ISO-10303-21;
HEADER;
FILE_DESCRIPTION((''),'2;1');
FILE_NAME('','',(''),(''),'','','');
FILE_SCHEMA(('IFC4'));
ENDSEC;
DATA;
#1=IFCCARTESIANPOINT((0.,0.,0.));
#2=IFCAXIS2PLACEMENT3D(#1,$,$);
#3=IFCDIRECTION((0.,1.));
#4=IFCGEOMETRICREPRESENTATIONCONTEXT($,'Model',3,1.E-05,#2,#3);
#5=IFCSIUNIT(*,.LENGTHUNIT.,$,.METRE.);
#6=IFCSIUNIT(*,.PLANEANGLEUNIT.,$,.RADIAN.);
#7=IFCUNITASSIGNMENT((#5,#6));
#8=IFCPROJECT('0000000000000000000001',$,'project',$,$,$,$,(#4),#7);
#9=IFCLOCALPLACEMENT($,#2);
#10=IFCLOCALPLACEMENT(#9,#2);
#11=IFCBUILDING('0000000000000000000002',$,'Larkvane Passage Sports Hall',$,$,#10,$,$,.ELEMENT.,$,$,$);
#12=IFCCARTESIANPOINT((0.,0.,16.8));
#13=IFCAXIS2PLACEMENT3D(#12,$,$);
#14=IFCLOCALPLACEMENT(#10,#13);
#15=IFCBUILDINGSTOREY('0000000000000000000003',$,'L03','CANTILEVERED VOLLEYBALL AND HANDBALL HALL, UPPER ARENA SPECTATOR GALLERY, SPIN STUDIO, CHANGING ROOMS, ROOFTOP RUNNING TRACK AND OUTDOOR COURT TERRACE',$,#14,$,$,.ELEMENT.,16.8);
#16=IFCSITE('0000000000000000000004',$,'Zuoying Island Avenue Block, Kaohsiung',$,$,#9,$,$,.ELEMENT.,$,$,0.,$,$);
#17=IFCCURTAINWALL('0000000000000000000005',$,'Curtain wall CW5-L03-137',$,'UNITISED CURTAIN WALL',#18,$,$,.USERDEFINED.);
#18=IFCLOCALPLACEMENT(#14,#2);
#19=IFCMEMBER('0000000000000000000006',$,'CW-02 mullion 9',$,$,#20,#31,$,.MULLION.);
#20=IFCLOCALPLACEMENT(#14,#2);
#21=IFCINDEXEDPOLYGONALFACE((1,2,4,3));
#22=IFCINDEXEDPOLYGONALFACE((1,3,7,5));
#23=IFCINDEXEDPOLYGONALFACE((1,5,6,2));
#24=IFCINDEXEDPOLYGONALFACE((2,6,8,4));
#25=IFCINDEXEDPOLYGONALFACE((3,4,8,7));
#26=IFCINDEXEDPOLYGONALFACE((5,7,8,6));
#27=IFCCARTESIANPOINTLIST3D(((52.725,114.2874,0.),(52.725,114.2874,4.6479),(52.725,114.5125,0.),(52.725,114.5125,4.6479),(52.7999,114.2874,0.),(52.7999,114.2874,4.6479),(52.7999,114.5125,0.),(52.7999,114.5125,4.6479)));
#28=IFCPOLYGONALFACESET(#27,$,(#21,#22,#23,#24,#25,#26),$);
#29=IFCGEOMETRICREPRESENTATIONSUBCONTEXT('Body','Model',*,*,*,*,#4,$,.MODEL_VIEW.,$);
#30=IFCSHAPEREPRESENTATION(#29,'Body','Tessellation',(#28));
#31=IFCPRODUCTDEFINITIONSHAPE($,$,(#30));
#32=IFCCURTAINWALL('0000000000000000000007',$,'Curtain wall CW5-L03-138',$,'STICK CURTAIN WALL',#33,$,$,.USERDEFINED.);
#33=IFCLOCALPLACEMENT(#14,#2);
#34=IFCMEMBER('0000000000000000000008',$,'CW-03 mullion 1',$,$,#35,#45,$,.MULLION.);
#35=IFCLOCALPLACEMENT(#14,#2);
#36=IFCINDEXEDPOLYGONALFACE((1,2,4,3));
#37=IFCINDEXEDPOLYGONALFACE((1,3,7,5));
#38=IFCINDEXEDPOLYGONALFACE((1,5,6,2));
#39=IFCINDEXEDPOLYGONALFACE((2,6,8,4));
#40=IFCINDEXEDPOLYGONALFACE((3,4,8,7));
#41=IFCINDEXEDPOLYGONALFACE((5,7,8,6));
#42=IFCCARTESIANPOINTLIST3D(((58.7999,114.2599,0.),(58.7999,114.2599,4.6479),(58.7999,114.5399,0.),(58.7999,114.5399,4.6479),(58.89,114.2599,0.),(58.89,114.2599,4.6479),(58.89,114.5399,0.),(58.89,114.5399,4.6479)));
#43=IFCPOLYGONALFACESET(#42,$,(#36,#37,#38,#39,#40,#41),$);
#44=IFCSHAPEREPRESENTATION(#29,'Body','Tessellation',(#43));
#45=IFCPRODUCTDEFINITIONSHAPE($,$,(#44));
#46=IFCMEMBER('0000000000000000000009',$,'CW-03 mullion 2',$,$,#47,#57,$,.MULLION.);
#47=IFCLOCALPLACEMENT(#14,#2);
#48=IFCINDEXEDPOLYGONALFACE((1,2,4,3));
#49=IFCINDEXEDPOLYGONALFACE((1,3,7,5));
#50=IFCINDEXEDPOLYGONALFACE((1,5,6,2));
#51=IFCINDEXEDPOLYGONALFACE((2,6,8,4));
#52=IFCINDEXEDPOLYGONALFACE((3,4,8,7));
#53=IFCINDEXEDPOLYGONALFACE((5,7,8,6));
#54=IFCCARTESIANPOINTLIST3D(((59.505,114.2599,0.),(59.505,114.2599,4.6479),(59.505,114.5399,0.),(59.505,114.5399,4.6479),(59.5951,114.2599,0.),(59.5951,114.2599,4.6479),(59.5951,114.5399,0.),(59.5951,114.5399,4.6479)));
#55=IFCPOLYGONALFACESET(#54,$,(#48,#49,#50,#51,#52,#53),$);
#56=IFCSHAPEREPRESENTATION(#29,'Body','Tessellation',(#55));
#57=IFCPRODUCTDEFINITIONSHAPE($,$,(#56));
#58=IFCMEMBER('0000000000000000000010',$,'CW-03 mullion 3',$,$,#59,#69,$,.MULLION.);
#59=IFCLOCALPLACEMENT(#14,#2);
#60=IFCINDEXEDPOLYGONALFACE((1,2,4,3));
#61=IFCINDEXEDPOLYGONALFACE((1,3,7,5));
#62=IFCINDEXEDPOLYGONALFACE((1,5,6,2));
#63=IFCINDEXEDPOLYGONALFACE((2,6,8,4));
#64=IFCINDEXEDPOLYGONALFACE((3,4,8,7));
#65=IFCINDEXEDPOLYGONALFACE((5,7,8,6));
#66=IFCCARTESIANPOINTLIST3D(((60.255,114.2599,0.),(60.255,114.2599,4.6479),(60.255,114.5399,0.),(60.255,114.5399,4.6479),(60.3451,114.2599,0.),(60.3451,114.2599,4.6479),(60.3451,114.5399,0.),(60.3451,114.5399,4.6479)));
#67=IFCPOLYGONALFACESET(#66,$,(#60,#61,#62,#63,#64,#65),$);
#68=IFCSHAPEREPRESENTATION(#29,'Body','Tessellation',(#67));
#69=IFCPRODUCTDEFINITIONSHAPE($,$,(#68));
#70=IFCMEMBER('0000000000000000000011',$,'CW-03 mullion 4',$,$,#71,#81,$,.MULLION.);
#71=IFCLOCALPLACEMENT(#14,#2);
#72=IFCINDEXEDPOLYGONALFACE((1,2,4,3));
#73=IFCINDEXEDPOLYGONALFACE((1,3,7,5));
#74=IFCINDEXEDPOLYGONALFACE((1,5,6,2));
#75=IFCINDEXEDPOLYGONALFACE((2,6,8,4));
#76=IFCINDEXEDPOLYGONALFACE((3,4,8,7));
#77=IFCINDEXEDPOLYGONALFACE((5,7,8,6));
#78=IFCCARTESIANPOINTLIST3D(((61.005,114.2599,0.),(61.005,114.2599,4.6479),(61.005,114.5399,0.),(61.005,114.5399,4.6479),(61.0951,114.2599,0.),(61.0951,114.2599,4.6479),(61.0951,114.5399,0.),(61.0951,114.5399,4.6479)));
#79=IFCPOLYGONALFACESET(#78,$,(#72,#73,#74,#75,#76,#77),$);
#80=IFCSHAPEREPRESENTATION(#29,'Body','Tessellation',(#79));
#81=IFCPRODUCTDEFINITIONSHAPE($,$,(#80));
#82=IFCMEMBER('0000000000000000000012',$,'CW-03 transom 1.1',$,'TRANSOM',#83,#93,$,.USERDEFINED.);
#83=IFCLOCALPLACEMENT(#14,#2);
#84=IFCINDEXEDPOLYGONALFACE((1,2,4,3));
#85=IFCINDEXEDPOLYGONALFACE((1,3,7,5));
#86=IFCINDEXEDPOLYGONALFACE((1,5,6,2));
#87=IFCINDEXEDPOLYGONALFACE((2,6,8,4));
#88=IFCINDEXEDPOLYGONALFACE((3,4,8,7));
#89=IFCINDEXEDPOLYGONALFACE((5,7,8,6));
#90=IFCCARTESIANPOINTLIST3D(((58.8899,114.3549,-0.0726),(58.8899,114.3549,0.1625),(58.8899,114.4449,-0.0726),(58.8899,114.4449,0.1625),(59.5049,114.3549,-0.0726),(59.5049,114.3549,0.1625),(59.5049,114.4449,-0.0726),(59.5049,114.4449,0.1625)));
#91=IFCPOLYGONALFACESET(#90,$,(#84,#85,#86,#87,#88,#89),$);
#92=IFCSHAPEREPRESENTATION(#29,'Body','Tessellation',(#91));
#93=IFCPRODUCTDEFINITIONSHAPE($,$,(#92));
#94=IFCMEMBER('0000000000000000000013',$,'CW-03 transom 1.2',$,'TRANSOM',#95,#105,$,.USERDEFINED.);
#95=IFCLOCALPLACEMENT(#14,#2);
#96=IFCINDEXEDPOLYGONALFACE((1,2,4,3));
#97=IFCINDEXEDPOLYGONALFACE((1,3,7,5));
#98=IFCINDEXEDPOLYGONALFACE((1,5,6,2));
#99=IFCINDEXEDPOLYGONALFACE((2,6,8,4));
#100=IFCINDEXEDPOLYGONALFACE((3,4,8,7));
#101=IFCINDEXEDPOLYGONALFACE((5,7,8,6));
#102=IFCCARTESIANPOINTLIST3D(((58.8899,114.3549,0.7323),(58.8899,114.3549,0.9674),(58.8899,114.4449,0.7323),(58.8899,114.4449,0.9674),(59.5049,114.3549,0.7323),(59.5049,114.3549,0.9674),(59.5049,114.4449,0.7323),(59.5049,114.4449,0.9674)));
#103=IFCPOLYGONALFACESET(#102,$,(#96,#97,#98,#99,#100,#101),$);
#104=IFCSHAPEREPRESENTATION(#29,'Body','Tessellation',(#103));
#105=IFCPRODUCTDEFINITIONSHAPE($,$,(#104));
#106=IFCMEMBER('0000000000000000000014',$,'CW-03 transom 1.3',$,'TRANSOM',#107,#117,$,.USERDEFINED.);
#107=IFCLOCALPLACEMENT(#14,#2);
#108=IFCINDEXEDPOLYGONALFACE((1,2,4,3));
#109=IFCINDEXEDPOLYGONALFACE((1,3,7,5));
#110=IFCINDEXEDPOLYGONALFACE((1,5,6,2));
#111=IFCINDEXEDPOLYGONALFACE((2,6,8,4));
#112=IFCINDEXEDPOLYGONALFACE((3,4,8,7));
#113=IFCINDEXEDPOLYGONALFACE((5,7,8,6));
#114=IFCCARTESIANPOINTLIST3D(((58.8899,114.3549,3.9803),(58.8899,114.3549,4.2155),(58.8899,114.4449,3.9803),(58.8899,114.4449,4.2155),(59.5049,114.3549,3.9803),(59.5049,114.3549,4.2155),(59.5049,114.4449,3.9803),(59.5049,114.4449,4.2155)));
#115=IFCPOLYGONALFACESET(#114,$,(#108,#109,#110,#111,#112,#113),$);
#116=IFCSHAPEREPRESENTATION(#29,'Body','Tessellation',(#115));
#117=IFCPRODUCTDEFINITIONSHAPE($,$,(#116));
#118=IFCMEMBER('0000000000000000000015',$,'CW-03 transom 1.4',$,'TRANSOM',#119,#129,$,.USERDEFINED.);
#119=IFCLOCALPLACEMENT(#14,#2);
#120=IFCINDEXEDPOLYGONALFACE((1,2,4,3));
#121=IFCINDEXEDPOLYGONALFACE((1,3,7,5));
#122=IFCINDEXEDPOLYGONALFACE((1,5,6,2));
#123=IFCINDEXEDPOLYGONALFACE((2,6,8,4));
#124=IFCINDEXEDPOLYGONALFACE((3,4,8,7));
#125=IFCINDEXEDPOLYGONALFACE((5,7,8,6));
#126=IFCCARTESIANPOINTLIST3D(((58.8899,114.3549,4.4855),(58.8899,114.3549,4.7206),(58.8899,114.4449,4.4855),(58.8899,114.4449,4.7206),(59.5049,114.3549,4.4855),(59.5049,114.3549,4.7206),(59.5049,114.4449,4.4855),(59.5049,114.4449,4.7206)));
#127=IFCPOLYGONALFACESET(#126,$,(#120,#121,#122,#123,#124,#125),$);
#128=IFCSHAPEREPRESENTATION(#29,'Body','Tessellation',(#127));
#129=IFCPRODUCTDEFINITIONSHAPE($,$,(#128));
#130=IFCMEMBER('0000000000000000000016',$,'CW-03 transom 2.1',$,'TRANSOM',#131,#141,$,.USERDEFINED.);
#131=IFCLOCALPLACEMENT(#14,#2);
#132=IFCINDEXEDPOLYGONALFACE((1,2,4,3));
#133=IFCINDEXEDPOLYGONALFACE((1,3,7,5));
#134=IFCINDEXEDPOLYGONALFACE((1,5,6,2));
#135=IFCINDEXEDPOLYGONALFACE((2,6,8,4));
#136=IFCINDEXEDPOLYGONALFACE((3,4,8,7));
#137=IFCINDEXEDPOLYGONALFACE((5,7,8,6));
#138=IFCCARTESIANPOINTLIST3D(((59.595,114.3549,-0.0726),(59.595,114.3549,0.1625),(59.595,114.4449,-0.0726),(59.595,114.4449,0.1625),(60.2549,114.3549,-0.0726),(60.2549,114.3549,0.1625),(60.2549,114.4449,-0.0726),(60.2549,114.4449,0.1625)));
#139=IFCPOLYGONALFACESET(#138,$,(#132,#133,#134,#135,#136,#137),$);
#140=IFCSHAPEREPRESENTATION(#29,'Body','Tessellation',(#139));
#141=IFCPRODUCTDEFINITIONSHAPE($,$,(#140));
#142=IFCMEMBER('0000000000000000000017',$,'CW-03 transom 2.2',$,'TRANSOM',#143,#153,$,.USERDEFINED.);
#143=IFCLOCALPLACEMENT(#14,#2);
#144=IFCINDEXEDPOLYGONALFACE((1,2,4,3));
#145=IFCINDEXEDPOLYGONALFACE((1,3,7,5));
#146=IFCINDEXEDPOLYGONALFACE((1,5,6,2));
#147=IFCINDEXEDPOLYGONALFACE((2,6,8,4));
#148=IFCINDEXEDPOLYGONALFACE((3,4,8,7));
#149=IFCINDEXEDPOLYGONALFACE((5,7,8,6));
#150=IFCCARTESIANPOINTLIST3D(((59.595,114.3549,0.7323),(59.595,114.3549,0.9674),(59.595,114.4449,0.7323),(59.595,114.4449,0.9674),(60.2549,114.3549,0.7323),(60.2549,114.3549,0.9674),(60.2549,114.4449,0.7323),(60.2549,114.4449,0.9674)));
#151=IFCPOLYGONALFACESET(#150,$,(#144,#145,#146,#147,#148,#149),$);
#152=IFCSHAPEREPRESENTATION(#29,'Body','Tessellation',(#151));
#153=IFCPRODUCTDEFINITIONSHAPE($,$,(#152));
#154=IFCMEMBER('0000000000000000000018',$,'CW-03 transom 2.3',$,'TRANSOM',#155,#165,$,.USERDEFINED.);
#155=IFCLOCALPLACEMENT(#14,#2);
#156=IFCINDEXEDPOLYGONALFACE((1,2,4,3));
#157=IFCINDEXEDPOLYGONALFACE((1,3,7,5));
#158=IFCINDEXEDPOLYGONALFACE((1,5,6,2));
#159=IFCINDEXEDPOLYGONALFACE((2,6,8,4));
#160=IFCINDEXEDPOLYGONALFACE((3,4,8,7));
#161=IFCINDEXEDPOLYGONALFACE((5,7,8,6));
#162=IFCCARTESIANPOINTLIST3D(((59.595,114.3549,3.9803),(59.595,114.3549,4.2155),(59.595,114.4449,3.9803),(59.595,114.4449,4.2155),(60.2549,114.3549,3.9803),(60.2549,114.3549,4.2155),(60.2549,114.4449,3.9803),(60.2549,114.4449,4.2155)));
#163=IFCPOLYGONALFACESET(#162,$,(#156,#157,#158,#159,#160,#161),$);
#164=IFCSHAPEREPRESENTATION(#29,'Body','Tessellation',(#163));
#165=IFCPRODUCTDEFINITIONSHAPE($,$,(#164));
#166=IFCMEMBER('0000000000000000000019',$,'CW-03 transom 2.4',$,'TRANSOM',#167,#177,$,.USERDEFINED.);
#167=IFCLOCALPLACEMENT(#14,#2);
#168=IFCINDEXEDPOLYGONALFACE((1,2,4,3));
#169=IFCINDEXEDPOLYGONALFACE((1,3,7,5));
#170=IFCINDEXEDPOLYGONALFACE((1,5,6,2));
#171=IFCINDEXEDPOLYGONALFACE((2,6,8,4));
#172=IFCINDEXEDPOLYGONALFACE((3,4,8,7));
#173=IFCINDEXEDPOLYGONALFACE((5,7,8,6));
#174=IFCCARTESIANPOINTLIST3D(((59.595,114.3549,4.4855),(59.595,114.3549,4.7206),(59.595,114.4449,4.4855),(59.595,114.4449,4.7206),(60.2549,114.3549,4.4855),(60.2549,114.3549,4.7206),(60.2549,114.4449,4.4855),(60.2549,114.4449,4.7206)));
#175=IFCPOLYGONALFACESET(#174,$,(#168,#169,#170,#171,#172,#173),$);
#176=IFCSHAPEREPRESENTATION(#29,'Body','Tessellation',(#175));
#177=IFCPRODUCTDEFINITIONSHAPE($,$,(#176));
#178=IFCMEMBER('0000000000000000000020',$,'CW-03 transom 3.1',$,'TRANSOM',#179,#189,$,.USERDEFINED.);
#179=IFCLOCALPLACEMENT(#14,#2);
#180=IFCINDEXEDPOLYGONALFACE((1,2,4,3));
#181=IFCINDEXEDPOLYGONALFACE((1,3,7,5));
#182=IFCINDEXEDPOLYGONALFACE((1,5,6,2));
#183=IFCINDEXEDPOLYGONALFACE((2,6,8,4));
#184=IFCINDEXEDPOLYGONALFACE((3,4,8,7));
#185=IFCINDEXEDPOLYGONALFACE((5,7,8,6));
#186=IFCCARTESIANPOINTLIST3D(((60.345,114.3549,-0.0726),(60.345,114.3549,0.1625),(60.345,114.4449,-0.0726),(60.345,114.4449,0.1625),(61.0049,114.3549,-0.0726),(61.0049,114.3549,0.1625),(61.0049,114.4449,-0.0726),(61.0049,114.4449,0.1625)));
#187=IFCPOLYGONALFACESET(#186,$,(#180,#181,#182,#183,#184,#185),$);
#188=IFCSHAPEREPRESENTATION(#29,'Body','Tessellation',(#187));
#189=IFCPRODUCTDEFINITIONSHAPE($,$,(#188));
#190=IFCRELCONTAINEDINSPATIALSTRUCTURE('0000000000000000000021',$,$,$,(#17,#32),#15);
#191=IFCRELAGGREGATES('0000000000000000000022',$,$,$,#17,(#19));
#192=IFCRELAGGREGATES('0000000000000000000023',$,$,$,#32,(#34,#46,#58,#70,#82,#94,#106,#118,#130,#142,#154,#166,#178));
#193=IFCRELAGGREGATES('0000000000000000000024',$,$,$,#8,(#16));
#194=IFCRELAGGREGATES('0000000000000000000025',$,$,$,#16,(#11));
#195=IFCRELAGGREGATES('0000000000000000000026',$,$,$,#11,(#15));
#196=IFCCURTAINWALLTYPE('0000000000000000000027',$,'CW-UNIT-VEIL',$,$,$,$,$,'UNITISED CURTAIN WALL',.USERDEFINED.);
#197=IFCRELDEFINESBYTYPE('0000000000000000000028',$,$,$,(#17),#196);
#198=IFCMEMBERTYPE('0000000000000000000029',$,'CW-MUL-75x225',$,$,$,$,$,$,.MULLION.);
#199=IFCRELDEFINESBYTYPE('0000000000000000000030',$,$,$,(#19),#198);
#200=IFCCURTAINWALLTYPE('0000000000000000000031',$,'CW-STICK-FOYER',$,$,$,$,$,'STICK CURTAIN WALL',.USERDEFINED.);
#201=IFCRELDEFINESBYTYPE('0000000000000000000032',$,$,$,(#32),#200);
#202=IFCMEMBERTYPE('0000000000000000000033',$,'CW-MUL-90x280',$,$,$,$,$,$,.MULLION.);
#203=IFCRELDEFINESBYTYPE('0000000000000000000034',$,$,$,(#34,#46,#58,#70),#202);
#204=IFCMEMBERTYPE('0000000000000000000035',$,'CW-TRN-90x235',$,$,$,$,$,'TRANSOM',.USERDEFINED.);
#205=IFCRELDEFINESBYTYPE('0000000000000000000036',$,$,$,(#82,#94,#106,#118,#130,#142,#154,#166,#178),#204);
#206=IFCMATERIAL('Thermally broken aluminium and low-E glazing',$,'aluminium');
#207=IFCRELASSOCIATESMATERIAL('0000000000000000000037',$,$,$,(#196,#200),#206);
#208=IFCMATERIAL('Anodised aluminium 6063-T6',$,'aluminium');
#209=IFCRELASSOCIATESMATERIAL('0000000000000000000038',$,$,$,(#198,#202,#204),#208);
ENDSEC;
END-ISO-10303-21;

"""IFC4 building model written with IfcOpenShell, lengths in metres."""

from ifc_helpers import new_model, si_unit, direction, frame, origin, origin_2d, place, context, subcontext, project, spatial, rectangle, extrude, material, material_profile, profile_set, type_object, element, aggregate, save


model = new_model("IFC4")

# Units and contexts
model_context = context("Model", 3, precision=1e-05, world=origin(), true_north=direction((0.0, 1.0)))
body_context = subcontext(model_context, "Body", "Model", "MODEL_VIEW")
ifc_project = project(units=[si_unit("LENGTHUNIT", "METRE"), si_unit("PLANEANGLEUNIT", "RADIAN")], contexts=[model_context])

# Site, building, storey
site_placement = place(None, origin())
site = spatial("IfcSite", under=ifc_project, at=site_placement, Name="Zuoying Island Avenue Block, Kaohsiung", CompositionType="ELEMENT", RefElevation=0.0)
building_placement = place(site_placement, origin())
building = spatial("IfcBuilding", under=site, at=building_placement, Name="Larkvane Passage Sports Hall", CompositionType="ELEMENT")
storey_placement = place(building_placement, frame((0.0, 0.0, 16.8)))
storey = spatial("IfcBuildingStorey", under=building, at=storey_placement, Name="L03", Description="CANTILEVERED VOLLEYBALL AND HANDBALL HALL, UPPER ARENA SPECTATOR GALLERY, SPIN STUDIO, CHANGING ROOMS, ROOFTOP RUNNING TRACK AND OUTDOOR COURT TERRACE", CompositionType="ELEMENT", Elevation=16.8)

# Curtain wall, member
ifc_material_1 = material(Name="Thermally broken aluminium and low-E glazing", Category="aluminium")
curtain_wall_type_1 = type_object("IfcCurtainWallType", Name="CW-UNIT-VEIL", ElementType="UNITISED CURTAIN WALL", PredefinedType="USERDEFINED", material=ifc_material_1)
curtain_wall_1_placement = place(storey_placement, origin())
curtain_wall_1 = element("IfcCurtainWall", 1, at=curtain_wall_1_placement, inside=storey, type_object=curtain_wall_type_1, Name="Curtain wall CW5-L03-137", ObjectType="UNITISED CURTAIN WALL", PredefinedType="USERDEFINED")
ifc_material_2 = material(Name="Anodised aluminium 6063-T6", Category="aluminium")
ifc_material_profile_1 = material_profile(ifc_material_2, rectangle(XDim=0.075, YDim=0.2251, at=origin_2d()), Name="ALU-MUL-75x225")
ifc_profile_set_1 = profile_set([ifc_material_profile_1], Name="Anodised aluminium 6063-T6")
member_type_1 = type_object("IfcMemberType", Name="CW-MUL-75x225", PredefinedType="MULLION", material=ifc_profile_set_1)
member_1_placement = place(storey_placement, frame((52.7625, 114.3999, 0.0), z_axis=(0.0, 0.0, 1.0), x_axis=(1.0, 0.0, 0.0)))
member_1 = element("IfcMember", 2, at=member_1_placement, type_object=member_type_1, Name="CW-02 mullion 9", PredefinedType="MULLION", context=body_context, shape_type="SweptSolid", body=[
    extrude(rectangle(XDim=0.075, YDim=0.2251, at=origin_2d()), origin(), (0.0, 0.0, 1.0), 4.6479),
])
aggregate(curtain_wall_1, [member_1])

# Curtain wall, members
curtain_wall_type_2 = type_object("IfcCurtainWallType", Name="CW-STICK-FOYER", ElementType="STICK CURTAIN WALL", PredefinedType="USERDEFINED", material=ifc_material_1)
curtain_wall_2_placement = place(storey_placement, origin())
curtain_wall_2 = element("IfcCurtainWall", 3, at=curtain_wall_2_placement, inside=storey, type_object=curtain_wall_type_2, Name="Curtain wall CW5-L03-138", ObjectType="STICK CURTAIN WALL", PredefinedType="USERDEFINED")
ifc_material_profile_2 = material_profile(ifc_material_2, rectangle(XDim=0.0901, YDim=0.28, at=origin_2d()), Name="ALU-MUL-90x280")
ifc_profile_set_2 = profile_set([ifc_material_profile_2], Name="Anodised aluminium 6063-T6")
member_type_2 = type_object("IfcMemberType", Name="CW-MUL-90x280", PredefinedType="MULLION", material=ifc_profile_set_2)
member_2_placement = place(storey_placement, frame((58.845, 114.3999, 0.0), z_axis=(0.0, 0.0, 1.0), x_axis=(1.0, 0.0, 0.0)))
member_2 = element("IfcMember", 4, at=member_2_placement, type_object=member_type_2, Name="CW-03 mullion 1", PredefinedType="MULLION", context=body_context, shape_type="SweptSolid", body=[
    extrude(rectangle(XDim=0.0901, YDim=0.28, at=origin_2d()), origin(), (0.0, 0.0, 1.0), 4.6479),
])
member_3_placement = place(storey_placement, frame((59.55, 114.3999, 0.0), z_axis=(0.0, 0.0, 1.0), x_axis=(1.0, 0.0, 0.0)))
member_3 = element("IfcMember", 5, at=member_3_placement, type_object=member_type_2, Name="CW-03 mullion 2", PredefinedType="MULLION", context=body_context, shape_type="SweptSolid", body=[
    extrude(rectangle(XDim=0.0901, YDim=0.28, at=origin_2d()), origin(), (0.0, 0.0, 1.0), 4.6479),
])
member_4_placement = place(storey_placement, frame((60.3, 114.3999, 0.0), z_axis=(0.0, 0.0, 1.0), x_axis=(1.0, 0.0, 0.0)))
member_4 = element("IfcMember", 6, at=member_4_placement, type_object=member_type_2, Name="CW-03 mullion 3", PredefinedType="MULLION", context=body_context, shape_type="SweptSolid", body=[
    extrude(rectangle(XDim=0.0901, YDim=0.28, at=origin_2d()), origin(), (0.0, 0.0, 1.0), 4.6479),
])
member_5_placement = place(storey_placement, frame((61.05, 114.3999, 0.0), z_axis=(0.0, 0.0, 1.0), x_axis=(1.0, 0.0, 0.0)))
member_5 = element("IfcMember", 7, at=member_5_placement, type_object=member_type_2, Name="CW-03 mullion 4", PredefinedType="MULLION", context=body_context, shape_type="SweptSolid", body=[
    extrude(rectangle(XDim=0.0901, YDim=0.28, at=origin_2d()), origin(), (0.0, 0.0, 1.0), 4.6479),
])
ifc_material_profile_3 = material_profile(ifc_material_2, rectangle(XDim=0.0901, YDim=0.2351, at=origin_2d()), Name="ALU-TRN-90x235")
ifc_profile_set_3 = profile_set([ifc_material_profile_3], Name="Anodised aluminium 6063-T6")
member_type_3 = type_object("IfcMemberType", Name="CW-TRN-90x235", ElementType="TRANSOM", PredefinedType="USERDEFINED", material=ifc_profile_set_3)
member_6_placement = place(storey_placement, frame((58.8899, 114.3999, 0.0449), z_axis=(1.0, 0.0, 0.0), x_axis=(0.0, 1.0, 0.0)))
member_6 = element("IfcMember", 8, at=member_6_placement, type_object=member_type_3, Name="CW-03 transom 1.1", ObjectType="TRANSOM", PredefinedType="USERDEFINED", context=body_context, shape_type="SweptSolid", body=[
    extrude(rectangle(XDim=0.0901, YDim=0.2351, at=origin_2d()), origin(), (0.0, 0.0, 1.0), 0.615),
])
member_7_placement = place(storey_placement, frame((58.8899, 114.3999, 0.8499), z_axis=(1.0, 0.0, 0.0), x_axis=(0.0, 1.0, 0.0)))
member_7 = element("IfcMember", 9, at=member_7_placement, type_object=member_type_3, Name="CW-03 transom 1.2", ObjectType="TRANSOM", PredefinedType="USERDEFINED", context=body_context, shape_type="SweptSolid", body=[
    extrude(rectangle(XDim=0.0901, YDim=0.2351, at=origin_2d()), origin(), (0.0, 0.0, 1.0), 0.615),
])
member_8_placement = place(storey_placement, frame((58.8899, 114.3999, 4.0979), z_axis=(1.0, 0.0, 0.0), x_axis=(0.0, 1.0, 0.0)))
member_8 = element("IfcMember", 10, at=member_8_placement, type_object=member_type_3, Name="CW-03 transom 1.3", ObjectType="TRANSOM", PredefinedType="USERDEFINED", context=body_context, shape_type="SweptSolid", body=[
    extrude(rectangle(XDim=0.0901, YDim=0.2351, at=origin_2d()), origin(), (0.0, 0.0, 1.0), 0.615),
])
member_9_placement = place(storey_placement, frame((58.8899, 114.3999, 4.603), z_axis=(1.0, 0.0, 0.0), x_axis=(0.0, 1.0, 0.0)))
member_9 = element("IfcMember", 11, at=member_9_placement, type_object=member_type_3, Name="CW-03 transom 1.4", ObjectType="TRANSOM", PredefinedType="USERDEFINED", context=body_context, shape_type="SweptSolid", body=[
    extrude(rectangle(XDim=0.0901, YDim=0.2351, at=origin_2d()), origin(), (0.0, 0.0, 1.0), 0.615),
])
member_10_placement = place(storey_placement, frame((59.595, 114.3999, 0.0449), z_axis=(1.0, 0.0, 0.0), x_axis=(0.0, 1.0, 0.0)))
member_10 = element("IfcMember", 12, at=member_10_placement, type_object=member_type_3, Name="CW-03 transom 2.1", ObjectType="TRANSOM", PredefinedType="USERDEFINED", context=body_context, shape_type="SweptSolid", body=[
    extrude(rectangle(XDim=0.0901, YDim=0.2351, at=origin_2d()), origin(), (0.0, 0.0, 1.0), 0.6599),
])
member_11_placement = place(storey_placement, frame((59.595, 114.3999, 0.8499), z_axis=(1.0, 0.0, 0.0), x_axis=(0.0, 1.0, 0.0)))
member_11 = element("IfcMember", 13, at=member_11_placement, type_object=member_type_3, Name="CW-03 transom 2.2", ObjectType="TRANSOM", PredefinedType="USERDEFINED", context=body_context, shape_type="SweptSolid", body=[
    extrude(rectangle(XDim=0.0901, YDim=0.2351, at=origin_2d()), origin(), (0.0, 0.0, 1.0), 0.6599),
])
member_12_placement = place(storey_placement, frame((59.595, 114.3999, 4.0979), z_axis=(1.0, 0.0, 0.0), x_axis=(0.0, 1.0, 0.0)))
member_12 = element("IfcMember", 14, at=member_12_placement, type_object=member_type_3, Name="CW-03 transom 2.3", ObjectType="TRANSOM", PredefinedType="USERDEFINED", context=body_context, shape_type="SweptSolid", body=[
    extrude(rectangle(XDim=0.0901, YDim=0.2351, at=origin_2d()), origin(), (0.0, 0.0, 1.0), 0.6599),
])
member_13_placement = place(storey_placement, frame((59.595, 114.3999, 4.603), z_axis=(1.0, 0.0, 0.0), x_axis=(0.0, 1.0, 0.0)))
member_13 = element("IfcMember", 15, at=member_13_placement, type_object=member_type_3, Name="CW-03 transom 2.4", ObjectType="TRANSOM", PredefinedType="USERDEFINED", context=body_context, shape_type="SweptSolid", body=[
    extrude(rectangle(XDim=0.0901, YDim=0.2351, at=origin_2d()), origin(), (0.0, 0.0, 1.0), 0.6599),
])
member_14_placement = place(storey_placement, frame((60.345, 114.3999, 0.0449), z_axis=(1.0, 0.0, 0.0), x_axis=(0.0, 1.0, 0.0)))
member_14 = element("IfcMember", 16, at=member_14_placement, type_object=member_type_3, Name="CW-03 transom 3.1", ObjectType="TRANSOM", PredefinedType="USERDEFINED", context=body_context, shape_type="SweptSolid", body=[
    extrude(rectangle(XDim=0.0901, YDim=0.2351, at=origin_2d()), origin(), (0.0, 0.0, 1.0), 0.6599),
])
aggregate(curtain_wall_2, [member_2, member_3, member_4, member_5, member_6, member_7, member_8, member_9, member_10, member_11, member_12, member_13, member_14])

save(model, "model.ifc")
